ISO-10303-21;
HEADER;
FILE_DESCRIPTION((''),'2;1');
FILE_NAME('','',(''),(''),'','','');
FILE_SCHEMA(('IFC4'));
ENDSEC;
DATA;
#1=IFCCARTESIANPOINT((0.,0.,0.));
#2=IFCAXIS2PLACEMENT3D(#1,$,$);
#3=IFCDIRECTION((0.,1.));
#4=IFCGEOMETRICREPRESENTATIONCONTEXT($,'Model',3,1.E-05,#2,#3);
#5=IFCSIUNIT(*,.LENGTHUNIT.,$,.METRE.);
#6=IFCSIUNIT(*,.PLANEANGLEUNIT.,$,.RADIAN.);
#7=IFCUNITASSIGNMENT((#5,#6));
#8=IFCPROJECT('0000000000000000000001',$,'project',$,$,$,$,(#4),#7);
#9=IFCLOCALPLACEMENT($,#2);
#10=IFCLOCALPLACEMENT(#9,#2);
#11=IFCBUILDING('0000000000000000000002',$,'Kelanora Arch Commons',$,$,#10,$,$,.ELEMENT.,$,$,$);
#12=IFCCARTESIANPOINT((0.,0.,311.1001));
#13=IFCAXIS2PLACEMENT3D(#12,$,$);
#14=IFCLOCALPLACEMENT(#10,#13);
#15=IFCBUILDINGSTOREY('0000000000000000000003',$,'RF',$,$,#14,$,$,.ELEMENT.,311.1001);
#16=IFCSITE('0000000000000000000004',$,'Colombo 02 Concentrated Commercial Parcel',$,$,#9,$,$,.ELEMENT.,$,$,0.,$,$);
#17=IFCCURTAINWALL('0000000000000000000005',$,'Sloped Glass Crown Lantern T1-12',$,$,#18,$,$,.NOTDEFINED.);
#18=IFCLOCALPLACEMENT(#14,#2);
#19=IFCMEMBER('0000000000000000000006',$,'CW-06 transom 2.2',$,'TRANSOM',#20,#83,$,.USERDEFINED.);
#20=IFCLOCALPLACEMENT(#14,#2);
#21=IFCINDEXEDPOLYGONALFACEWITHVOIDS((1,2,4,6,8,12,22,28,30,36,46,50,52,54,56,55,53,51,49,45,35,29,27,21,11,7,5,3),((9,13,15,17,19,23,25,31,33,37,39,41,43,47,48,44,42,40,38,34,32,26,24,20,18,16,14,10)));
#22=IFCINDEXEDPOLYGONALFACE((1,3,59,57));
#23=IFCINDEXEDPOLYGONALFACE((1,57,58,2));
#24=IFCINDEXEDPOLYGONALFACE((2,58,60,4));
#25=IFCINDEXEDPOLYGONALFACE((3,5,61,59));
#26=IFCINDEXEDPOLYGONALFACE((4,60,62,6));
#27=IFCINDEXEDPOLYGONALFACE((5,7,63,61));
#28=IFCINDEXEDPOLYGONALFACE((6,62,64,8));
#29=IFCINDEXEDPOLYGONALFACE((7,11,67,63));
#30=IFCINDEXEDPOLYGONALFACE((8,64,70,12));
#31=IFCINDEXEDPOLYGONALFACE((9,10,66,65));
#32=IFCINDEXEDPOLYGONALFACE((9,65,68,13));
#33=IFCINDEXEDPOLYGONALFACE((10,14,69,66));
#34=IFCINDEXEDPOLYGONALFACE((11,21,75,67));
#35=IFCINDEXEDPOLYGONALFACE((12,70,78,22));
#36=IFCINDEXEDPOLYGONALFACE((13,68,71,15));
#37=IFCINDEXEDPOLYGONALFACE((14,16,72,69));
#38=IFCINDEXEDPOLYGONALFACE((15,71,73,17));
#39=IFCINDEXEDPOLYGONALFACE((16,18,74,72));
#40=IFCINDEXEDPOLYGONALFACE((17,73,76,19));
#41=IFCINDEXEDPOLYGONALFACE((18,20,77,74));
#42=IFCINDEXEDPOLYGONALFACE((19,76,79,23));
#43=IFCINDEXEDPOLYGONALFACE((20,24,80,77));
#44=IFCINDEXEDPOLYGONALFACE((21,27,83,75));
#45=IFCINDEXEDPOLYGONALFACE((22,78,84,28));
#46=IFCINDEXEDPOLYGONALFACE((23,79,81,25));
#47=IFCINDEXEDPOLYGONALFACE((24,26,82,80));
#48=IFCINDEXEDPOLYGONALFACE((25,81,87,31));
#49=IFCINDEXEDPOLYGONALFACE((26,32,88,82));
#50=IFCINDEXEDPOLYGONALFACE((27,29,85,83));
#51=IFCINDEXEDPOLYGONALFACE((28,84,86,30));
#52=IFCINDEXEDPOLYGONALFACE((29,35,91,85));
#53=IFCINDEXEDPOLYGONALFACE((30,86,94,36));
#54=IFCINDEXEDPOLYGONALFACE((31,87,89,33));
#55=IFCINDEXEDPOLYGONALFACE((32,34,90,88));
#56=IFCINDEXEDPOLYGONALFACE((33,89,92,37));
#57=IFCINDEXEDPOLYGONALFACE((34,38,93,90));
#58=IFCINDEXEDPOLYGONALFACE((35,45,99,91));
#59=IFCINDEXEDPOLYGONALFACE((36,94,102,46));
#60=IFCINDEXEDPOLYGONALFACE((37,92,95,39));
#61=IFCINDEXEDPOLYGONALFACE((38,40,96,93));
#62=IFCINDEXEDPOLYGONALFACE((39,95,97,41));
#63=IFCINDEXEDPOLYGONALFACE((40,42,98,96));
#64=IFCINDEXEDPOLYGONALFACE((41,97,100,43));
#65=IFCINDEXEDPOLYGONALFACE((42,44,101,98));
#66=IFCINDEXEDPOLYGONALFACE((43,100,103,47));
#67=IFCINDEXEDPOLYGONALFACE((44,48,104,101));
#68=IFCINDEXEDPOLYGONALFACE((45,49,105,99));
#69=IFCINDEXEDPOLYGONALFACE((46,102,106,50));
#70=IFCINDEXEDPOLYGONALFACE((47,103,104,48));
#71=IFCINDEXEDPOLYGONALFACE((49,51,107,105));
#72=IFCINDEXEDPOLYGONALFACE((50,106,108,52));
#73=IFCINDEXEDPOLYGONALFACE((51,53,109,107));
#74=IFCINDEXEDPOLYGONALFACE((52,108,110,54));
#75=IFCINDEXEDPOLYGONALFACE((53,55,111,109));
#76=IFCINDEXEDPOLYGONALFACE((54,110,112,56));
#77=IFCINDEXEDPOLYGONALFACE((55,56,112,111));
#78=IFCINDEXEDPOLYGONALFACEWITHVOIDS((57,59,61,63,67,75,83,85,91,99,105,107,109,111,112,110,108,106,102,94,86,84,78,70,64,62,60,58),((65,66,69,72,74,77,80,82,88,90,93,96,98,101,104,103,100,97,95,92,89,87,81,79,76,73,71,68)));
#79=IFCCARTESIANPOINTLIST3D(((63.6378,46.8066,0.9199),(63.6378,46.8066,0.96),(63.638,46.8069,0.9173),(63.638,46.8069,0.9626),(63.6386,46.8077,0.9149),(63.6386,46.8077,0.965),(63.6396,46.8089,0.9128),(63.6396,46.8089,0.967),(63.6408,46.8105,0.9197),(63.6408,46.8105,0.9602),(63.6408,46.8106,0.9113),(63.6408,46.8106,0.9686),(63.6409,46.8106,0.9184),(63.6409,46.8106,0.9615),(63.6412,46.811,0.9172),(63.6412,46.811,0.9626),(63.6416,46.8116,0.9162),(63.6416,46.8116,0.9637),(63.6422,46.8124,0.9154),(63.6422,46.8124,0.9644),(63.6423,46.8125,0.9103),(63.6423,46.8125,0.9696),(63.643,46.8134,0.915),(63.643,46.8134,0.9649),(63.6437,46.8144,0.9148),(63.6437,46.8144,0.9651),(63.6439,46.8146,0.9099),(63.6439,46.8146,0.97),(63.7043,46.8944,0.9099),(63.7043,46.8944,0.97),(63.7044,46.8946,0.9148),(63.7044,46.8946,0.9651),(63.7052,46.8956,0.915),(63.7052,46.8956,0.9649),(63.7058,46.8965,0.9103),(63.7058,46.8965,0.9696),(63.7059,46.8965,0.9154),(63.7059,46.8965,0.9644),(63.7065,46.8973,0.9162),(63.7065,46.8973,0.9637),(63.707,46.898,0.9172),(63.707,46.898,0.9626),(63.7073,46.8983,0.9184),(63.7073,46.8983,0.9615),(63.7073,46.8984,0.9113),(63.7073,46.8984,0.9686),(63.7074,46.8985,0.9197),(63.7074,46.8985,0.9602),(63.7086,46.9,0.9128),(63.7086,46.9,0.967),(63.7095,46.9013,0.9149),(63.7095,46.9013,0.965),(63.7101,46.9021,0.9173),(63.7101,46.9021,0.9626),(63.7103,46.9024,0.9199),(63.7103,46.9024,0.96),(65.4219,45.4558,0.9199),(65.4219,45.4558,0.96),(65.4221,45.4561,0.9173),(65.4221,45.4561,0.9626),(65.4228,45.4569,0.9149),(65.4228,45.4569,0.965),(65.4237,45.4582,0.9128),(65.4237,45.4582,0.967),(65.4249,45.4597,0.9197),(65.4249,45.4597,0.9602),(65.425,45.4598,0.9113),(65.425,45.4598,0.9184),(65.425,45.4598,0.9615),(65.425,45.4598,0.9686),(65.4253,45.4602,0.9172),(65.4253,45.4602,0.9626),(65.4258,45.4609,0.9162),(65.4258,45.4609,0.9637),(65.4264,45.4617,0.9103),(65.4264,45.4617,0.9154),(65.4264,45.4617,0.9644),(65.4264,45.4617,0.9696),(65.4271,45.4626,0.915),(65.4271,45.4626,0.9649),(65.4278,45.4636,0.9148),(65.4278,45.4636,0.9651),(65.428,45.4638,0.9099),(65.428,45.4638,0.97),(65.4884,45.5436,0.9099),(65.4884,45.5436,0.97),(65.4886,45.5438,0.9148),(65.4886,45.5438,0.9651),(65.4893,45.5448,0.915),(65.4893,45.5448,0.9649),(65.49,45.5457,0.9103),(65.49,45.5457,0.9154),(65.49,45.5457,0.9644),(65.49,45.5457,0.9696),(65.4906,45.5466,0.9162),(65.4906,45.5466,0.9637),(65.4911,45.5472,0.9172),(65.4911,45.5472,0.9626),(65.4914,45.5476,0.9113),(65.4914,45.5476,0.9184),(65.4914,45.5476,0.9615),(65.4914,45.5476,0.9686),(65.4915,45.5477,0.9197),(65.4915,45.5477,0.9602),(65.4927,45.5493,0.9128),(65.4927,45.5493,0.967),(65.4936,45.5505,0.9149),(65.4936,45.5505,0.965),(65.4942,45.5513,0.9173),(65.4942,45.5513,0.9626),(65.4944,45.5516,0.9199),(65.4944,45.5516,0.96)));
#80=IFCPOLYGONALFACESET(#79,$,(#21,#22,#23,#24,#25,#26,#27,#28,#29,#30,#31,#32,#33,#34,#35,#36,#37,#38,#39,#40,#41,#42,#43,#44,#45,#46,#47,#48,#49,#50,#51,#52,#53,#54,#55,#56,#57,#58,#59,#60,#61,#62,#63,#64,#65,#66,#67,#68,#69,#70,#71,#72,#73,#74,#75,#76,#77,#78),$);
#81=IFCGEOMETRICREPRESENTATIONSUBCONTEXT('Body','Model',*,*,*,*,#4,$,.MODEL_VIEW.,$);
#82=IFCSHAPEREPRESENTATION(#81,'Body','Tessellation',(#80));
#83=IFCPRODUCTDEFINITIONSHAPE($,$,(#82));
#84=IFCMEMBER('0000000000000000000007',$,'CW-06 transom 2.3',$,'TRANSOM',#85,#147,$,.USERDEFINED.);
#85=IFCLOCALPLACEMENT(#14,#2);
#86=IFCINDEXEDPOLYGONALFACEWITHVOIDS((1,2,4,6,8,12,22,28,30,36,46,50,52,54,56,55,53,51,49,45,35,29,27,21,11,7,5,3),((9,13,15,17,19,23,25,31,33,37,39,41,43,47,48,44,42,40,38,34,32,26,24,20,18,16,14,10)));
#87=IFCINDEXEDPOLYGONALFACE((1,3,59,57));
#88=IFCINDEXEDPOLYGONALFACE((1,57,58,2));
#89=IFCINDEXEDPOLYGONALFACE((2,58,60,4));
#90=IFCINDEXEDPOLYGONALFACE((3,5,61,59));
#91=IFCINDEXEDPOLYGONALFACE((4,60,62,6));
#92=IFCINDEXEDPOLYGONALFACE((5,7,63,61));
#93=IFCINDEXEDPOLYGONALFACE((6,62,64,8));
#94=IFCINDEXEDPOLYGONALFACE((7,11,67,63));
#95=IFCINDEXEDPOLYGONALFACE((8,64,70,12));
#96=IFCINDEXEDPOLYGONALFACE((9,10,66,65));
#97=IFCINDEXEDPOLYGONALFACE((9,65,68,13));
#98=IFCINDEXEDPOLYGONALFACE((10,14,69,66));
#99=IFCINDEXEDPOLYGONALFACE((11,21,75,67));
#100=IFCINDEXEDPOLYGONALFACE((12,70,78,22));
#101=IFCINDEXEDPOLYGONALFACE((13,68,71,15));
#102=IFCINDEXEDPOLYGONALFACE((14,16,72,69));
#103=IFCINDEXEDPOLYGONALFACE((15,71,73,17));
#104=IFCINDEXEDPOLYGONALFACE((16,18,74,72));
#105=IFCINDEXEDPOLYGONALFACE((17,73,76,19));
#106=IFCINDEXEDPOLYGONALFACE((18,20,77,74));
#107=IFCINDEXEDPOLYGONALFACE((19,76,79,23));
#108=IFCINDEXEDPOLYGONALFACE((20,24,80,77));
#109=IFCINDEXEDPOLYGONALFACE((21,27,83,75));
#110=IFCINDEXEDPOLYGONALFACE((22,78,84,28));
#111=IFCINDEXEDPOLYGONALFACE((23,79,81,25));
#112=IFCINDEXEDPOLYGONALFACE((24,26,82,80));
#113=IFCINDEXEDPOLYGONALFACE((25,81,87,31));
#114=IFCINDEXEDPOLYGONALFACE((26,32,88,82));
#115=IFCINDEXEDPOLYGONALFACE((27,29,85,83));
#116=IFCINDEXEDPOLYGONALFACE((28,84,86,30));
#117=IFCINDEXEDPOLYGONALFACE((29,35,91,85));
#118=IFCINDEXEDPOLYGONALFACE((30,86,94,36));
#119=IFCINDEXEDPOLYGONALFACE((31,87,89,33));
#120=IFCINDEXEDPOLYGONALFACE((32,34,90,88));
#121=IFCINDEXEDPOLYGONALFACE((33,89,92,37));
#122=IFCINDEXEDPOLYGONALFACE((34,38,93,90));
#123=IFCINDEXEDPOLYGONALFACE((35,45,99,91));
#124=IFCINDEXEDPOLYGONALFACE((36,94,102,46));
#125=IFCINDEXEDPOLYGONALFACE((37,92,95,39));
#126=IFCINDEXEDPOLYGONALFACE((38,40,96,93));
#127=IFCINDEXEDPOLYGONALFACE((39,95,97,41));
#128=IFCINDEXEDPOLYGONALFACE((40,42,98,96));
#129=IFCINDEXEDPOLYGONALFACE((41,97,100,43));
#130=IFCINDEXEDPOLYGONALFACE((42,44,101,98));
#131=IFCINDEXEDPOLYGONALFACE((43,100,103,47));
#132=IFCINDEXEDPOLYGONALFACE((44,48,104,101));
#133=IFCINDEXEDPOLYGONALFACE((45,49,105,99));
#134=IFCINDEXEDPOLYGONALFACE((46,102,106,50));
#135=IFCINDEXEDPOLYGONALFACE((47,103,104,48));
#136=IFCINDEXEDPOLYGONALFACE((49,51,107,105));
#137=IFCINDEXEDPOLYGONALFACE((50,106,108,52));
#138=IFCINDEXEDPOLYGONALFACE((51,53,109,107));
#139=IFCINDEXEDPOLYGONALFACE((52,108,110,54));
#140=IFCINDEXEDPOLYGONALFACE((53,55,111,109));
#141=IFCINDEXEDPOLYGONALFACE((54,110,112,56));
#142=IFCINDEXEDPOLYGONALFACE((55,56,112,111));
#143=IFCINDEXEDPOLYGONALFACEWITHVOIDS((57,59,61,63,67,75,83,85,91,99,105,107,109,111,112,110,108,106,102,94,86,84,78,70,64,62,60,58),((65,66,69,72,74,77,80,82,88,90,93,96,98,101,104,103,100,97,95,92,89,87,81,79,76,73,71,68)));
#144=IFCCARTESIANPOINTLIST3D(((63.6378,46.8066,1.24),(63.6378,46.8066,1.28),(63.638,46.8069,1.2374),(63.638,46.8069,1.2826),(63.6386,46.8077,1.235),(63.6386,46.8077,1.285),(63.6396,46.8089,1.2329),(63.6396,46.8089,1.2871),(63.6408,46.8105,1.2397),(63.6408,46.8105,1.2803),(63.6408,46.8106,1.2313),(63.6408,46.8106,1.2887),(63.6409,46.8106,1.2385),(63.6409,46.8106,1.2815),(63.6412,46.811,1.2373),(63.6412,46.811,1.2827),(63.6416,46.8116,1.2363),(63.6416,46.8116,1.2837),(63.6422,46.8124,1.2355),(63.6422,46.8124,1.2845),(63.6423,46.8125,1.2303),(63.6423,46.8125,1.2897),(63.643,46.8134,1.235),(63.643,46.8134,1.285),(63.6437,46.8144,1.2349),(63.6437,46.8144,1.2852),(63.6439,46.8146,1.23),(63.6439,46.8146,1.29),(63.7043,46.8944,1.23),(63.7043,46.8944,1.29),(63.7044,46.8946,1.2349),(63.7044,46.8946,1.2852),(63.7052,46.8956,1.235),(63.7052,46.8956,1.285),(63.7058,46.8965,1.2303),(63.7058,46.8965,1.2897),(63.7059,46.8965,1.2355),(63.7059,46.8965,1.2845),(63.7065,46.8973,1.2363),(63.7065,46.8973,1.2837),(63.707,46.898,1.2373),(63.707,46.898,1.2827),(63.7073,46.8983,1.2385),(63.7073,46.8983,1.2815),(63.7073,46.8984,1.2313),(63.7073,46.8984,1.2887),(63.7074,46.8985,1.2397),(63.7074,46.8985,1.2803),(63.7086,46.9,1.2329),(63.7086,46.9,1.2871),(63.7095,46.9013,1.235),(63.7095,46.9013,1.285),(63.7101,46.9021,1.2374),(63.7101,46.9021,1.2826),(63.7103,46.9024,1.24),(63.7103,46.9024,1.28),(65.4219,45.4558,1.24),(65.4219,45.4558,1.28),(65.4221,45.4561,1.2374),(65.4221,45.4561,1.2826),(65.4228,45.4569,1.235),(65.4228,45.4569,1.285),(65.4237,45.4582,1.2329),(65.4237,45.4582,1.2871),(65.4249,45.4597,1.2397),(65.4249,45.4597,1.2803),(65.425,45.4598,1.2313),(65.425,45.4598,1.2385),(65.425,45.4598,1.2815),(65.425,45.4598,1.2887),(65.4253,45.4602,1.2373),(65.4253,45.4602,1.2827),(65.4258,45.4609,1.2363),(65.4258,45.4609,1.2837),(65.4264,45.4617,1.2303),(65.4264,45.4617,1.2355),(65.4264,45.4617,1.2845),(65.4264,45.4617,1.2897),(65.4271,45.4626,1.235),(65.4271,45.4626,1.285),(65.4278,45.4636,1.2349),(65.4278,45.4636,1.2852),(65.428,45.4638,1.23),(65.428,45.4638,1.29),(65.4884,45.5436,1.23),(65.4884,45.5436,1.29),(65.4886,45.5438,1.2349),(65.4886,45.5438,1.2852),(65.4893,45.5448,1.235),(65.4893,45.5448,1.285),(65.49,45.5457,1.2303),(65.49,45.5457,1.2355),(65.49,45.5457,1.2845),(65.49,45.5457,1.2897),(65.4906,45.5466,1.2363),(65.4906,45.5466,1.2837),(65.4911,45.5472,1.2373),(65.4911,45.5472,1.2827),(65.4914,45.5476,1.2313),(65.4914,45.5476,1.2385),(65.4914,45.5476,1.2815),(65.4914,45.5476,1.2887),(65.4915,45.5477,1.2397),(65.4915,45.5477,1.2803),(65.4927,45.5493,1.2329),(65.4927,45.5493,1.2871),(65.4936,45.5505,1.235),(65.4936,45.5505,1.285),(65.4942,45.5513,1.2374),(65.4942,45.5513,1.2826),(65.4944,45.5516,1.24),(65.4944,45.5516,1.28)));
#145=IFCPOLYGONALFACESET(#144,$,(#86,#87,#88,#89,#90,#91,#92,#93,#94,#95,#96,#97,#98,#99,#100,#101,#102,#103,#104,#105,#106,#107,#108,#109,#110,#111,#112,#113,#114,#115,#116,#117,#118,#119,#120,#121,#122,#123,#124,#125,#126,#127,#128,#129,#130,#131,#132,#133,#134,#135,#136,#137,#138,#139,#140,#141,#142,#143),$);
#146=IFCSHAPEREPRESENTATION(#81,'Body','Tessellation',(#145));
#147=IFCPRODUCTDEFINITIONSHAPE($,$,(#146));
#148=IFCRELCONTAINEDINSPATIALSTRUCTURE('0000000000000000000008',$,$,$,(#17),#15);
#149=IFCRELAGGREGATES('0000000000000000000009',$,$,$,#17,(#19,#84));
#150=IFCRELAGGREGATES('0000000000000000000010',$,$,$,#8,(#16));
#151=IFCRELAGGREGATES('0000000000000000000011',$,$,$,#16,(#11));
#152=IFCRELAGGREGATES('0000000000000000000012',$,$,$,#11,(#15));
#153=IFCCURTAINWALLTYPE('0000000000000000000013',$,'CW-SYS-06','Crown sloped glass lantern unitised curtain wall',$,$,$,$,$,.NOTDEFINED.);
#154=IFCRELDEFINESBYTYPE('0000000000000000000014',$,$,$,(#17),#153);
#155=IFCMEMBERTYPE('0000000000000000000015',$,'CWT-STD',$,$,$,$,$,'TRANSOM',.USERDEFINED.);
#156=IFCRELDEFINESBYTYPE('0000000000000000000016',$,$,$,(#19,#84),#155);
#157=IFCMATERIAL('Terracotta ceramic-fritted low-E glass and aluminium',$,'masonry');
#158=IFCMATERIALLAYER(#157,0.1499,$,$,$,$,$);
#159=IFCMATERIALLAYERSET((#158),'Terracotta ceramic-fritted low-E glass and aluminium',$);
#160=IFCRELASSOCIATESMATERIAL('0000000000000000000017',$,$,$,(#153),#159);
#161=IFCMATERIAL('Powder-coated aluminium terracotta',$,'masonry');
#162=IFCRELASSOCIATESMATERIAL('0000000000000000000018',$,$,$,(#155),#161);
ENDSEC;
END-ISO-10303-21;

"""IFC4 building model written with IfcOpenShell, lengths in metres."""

from ifc_helpers import new_model, si_unit, direction, frame, origin, origin_2d, place, context, subcontext, project, spatial, hollow_rectangle, extrude, material, layer, layer_set, material_profile, profile_set, type_object, element, aggregate, save


model = new_model("IFC4")

# Units and contexts
model_context = context("Model", 3, precision=1e-05, world=origin(), true_north=direction((0.0, 1.0)))
body_context = subcontext(model_context, "Body", "Model", "MODEL_VIEW")
ifc_project = project(units=[si_unit("LENGTHUNIT", "METRE"), si_unit("PLANEANGLEUNIT", "RADIAN")], contexts=[model_context])

# Site, building, storey
site_placement = place(None, origin())
site = spatial("IfcSite", under=ifc_project, at=site_placement, Name="Colombo 02 Concentrated Commercial Parcel", CompositionType="ELEMENT", RefElevation=0.0)
building_placement = place(site_placement, origin())
building = spatial("IfcBuilding", under=site, at=building_placement, Name="Kelanora Arch Commons", CompositionType="ELEMENT")
storey_placement = place(building_placement, frame((0.0, 0.0, 311.1001)))
storey = spatial("IfcBuildingStorey", under=building, at=storey_placement, Name="RF", CompositionType="ELEMENT", Elevation=311.1001)

# Curtain wall
ifc_material_1 = material(Name="Terracotta ceramic-fritted low-E glass and aluminium", Category="masonry")
ifc_layer_1 = layer(ifc_material_1, 0.1499)
ifc_layer_set_1 = layer_set([ifc_layer_1], Name="Terracotta ceramic-fritted low-E glass and aluminium")
curtain_wall_type = type_object("IfcCurtainWallType", Name="CW-SYS-06", Description="Crown sloped glass lantern unitised curtain wall", PredefinedType="NOTDEFINED", material=ifc_layer_set_1)
curtain_wall_1_placement = place(storey_placement, origin())
curtain_wall_1 = element("IfcCurtainWall", 1, at=curtain_wall_1_placement, inside=storey, type_object=curtain_wall_type, Name="Sloped Glass Crown Lantern T1-12", PredefinedType="NOTDEFINED")
ifc_material_2 = material(Name="Powder-coated aluminium terracotta", Category="masonry")

# Members
ifc_material_profile_1 = material_profile(ifc_material_2, hollow_rectangle(XDim=0.1201, YDim=0.0601, WallThickness=0.0049, InnerFilletRadius=0.0049, OuterFilletRadius=0.01, at=origin_2d()), Name="CWT120x60")
ifc_profile_set_1 = profile_set([ifc_material_profile_1], Name="Powder-coated aluminium terracotta")
member_type_1 = type_object("IfcMemberType", Name="CWT-STD", ElementType="TRANSOM", PredefinedType="USERDEFINED", material=ifc_profile_set_1)
member_1_placement = place(storey_placement, frame((63.6741, 46.8545, 0.9399), z_axis=(0.797269, -0.603625, 0.0), x_axis=(0.603625, 0.797269, 0.0)))
member_1 = element("IfcMember", 2, at=member_1_placement, type_object=member_type_1, Name="CW-06 transom 2.2", ObjectType="TRANSOM", PredefinedType="USERDEFINED", context=body_context, shape_type="SweptSolid", body=[
    extrude(hollow_rectangle(XDim=0.1201, YDim=0.0601, WallThickness=0.0049, InnerFilletRadius=0.0049, OuterFilletRadius=0.01, at=origin_2d()), origin(), (0.0, 0.0, 1.0), 2.2378),
])
member_2_placement = place(storey_placement, frame((63.6741, 46.8545, 1.26), z_axis=(0.797269, -0.603625, 0.0), x_axis=(0.603625, 0.797269, 0.0)))
member_2 = element("IfcMember", 3, at=member_2_placement, type_object=member_type_1, Name="CW-06 transom 2.3", ObjectType="TRANSOM", PredefinedType="USERDEFINED", context=body_context, shape_type="SweptSolid", body=[
    extrude(hollow_rectangle(XDim=0.1201, YDim=0.0601, WallThickness=0.0049, InnerFilletRadius=0.0049, OuterFilletRadius=0.01, at=origin_2d()), origin(), (0.0, 0.0, 1.0), 2.2378),
])

aggregate(curtain_wall_1, [member_1, member_2])

save(model, "model.ifc")
